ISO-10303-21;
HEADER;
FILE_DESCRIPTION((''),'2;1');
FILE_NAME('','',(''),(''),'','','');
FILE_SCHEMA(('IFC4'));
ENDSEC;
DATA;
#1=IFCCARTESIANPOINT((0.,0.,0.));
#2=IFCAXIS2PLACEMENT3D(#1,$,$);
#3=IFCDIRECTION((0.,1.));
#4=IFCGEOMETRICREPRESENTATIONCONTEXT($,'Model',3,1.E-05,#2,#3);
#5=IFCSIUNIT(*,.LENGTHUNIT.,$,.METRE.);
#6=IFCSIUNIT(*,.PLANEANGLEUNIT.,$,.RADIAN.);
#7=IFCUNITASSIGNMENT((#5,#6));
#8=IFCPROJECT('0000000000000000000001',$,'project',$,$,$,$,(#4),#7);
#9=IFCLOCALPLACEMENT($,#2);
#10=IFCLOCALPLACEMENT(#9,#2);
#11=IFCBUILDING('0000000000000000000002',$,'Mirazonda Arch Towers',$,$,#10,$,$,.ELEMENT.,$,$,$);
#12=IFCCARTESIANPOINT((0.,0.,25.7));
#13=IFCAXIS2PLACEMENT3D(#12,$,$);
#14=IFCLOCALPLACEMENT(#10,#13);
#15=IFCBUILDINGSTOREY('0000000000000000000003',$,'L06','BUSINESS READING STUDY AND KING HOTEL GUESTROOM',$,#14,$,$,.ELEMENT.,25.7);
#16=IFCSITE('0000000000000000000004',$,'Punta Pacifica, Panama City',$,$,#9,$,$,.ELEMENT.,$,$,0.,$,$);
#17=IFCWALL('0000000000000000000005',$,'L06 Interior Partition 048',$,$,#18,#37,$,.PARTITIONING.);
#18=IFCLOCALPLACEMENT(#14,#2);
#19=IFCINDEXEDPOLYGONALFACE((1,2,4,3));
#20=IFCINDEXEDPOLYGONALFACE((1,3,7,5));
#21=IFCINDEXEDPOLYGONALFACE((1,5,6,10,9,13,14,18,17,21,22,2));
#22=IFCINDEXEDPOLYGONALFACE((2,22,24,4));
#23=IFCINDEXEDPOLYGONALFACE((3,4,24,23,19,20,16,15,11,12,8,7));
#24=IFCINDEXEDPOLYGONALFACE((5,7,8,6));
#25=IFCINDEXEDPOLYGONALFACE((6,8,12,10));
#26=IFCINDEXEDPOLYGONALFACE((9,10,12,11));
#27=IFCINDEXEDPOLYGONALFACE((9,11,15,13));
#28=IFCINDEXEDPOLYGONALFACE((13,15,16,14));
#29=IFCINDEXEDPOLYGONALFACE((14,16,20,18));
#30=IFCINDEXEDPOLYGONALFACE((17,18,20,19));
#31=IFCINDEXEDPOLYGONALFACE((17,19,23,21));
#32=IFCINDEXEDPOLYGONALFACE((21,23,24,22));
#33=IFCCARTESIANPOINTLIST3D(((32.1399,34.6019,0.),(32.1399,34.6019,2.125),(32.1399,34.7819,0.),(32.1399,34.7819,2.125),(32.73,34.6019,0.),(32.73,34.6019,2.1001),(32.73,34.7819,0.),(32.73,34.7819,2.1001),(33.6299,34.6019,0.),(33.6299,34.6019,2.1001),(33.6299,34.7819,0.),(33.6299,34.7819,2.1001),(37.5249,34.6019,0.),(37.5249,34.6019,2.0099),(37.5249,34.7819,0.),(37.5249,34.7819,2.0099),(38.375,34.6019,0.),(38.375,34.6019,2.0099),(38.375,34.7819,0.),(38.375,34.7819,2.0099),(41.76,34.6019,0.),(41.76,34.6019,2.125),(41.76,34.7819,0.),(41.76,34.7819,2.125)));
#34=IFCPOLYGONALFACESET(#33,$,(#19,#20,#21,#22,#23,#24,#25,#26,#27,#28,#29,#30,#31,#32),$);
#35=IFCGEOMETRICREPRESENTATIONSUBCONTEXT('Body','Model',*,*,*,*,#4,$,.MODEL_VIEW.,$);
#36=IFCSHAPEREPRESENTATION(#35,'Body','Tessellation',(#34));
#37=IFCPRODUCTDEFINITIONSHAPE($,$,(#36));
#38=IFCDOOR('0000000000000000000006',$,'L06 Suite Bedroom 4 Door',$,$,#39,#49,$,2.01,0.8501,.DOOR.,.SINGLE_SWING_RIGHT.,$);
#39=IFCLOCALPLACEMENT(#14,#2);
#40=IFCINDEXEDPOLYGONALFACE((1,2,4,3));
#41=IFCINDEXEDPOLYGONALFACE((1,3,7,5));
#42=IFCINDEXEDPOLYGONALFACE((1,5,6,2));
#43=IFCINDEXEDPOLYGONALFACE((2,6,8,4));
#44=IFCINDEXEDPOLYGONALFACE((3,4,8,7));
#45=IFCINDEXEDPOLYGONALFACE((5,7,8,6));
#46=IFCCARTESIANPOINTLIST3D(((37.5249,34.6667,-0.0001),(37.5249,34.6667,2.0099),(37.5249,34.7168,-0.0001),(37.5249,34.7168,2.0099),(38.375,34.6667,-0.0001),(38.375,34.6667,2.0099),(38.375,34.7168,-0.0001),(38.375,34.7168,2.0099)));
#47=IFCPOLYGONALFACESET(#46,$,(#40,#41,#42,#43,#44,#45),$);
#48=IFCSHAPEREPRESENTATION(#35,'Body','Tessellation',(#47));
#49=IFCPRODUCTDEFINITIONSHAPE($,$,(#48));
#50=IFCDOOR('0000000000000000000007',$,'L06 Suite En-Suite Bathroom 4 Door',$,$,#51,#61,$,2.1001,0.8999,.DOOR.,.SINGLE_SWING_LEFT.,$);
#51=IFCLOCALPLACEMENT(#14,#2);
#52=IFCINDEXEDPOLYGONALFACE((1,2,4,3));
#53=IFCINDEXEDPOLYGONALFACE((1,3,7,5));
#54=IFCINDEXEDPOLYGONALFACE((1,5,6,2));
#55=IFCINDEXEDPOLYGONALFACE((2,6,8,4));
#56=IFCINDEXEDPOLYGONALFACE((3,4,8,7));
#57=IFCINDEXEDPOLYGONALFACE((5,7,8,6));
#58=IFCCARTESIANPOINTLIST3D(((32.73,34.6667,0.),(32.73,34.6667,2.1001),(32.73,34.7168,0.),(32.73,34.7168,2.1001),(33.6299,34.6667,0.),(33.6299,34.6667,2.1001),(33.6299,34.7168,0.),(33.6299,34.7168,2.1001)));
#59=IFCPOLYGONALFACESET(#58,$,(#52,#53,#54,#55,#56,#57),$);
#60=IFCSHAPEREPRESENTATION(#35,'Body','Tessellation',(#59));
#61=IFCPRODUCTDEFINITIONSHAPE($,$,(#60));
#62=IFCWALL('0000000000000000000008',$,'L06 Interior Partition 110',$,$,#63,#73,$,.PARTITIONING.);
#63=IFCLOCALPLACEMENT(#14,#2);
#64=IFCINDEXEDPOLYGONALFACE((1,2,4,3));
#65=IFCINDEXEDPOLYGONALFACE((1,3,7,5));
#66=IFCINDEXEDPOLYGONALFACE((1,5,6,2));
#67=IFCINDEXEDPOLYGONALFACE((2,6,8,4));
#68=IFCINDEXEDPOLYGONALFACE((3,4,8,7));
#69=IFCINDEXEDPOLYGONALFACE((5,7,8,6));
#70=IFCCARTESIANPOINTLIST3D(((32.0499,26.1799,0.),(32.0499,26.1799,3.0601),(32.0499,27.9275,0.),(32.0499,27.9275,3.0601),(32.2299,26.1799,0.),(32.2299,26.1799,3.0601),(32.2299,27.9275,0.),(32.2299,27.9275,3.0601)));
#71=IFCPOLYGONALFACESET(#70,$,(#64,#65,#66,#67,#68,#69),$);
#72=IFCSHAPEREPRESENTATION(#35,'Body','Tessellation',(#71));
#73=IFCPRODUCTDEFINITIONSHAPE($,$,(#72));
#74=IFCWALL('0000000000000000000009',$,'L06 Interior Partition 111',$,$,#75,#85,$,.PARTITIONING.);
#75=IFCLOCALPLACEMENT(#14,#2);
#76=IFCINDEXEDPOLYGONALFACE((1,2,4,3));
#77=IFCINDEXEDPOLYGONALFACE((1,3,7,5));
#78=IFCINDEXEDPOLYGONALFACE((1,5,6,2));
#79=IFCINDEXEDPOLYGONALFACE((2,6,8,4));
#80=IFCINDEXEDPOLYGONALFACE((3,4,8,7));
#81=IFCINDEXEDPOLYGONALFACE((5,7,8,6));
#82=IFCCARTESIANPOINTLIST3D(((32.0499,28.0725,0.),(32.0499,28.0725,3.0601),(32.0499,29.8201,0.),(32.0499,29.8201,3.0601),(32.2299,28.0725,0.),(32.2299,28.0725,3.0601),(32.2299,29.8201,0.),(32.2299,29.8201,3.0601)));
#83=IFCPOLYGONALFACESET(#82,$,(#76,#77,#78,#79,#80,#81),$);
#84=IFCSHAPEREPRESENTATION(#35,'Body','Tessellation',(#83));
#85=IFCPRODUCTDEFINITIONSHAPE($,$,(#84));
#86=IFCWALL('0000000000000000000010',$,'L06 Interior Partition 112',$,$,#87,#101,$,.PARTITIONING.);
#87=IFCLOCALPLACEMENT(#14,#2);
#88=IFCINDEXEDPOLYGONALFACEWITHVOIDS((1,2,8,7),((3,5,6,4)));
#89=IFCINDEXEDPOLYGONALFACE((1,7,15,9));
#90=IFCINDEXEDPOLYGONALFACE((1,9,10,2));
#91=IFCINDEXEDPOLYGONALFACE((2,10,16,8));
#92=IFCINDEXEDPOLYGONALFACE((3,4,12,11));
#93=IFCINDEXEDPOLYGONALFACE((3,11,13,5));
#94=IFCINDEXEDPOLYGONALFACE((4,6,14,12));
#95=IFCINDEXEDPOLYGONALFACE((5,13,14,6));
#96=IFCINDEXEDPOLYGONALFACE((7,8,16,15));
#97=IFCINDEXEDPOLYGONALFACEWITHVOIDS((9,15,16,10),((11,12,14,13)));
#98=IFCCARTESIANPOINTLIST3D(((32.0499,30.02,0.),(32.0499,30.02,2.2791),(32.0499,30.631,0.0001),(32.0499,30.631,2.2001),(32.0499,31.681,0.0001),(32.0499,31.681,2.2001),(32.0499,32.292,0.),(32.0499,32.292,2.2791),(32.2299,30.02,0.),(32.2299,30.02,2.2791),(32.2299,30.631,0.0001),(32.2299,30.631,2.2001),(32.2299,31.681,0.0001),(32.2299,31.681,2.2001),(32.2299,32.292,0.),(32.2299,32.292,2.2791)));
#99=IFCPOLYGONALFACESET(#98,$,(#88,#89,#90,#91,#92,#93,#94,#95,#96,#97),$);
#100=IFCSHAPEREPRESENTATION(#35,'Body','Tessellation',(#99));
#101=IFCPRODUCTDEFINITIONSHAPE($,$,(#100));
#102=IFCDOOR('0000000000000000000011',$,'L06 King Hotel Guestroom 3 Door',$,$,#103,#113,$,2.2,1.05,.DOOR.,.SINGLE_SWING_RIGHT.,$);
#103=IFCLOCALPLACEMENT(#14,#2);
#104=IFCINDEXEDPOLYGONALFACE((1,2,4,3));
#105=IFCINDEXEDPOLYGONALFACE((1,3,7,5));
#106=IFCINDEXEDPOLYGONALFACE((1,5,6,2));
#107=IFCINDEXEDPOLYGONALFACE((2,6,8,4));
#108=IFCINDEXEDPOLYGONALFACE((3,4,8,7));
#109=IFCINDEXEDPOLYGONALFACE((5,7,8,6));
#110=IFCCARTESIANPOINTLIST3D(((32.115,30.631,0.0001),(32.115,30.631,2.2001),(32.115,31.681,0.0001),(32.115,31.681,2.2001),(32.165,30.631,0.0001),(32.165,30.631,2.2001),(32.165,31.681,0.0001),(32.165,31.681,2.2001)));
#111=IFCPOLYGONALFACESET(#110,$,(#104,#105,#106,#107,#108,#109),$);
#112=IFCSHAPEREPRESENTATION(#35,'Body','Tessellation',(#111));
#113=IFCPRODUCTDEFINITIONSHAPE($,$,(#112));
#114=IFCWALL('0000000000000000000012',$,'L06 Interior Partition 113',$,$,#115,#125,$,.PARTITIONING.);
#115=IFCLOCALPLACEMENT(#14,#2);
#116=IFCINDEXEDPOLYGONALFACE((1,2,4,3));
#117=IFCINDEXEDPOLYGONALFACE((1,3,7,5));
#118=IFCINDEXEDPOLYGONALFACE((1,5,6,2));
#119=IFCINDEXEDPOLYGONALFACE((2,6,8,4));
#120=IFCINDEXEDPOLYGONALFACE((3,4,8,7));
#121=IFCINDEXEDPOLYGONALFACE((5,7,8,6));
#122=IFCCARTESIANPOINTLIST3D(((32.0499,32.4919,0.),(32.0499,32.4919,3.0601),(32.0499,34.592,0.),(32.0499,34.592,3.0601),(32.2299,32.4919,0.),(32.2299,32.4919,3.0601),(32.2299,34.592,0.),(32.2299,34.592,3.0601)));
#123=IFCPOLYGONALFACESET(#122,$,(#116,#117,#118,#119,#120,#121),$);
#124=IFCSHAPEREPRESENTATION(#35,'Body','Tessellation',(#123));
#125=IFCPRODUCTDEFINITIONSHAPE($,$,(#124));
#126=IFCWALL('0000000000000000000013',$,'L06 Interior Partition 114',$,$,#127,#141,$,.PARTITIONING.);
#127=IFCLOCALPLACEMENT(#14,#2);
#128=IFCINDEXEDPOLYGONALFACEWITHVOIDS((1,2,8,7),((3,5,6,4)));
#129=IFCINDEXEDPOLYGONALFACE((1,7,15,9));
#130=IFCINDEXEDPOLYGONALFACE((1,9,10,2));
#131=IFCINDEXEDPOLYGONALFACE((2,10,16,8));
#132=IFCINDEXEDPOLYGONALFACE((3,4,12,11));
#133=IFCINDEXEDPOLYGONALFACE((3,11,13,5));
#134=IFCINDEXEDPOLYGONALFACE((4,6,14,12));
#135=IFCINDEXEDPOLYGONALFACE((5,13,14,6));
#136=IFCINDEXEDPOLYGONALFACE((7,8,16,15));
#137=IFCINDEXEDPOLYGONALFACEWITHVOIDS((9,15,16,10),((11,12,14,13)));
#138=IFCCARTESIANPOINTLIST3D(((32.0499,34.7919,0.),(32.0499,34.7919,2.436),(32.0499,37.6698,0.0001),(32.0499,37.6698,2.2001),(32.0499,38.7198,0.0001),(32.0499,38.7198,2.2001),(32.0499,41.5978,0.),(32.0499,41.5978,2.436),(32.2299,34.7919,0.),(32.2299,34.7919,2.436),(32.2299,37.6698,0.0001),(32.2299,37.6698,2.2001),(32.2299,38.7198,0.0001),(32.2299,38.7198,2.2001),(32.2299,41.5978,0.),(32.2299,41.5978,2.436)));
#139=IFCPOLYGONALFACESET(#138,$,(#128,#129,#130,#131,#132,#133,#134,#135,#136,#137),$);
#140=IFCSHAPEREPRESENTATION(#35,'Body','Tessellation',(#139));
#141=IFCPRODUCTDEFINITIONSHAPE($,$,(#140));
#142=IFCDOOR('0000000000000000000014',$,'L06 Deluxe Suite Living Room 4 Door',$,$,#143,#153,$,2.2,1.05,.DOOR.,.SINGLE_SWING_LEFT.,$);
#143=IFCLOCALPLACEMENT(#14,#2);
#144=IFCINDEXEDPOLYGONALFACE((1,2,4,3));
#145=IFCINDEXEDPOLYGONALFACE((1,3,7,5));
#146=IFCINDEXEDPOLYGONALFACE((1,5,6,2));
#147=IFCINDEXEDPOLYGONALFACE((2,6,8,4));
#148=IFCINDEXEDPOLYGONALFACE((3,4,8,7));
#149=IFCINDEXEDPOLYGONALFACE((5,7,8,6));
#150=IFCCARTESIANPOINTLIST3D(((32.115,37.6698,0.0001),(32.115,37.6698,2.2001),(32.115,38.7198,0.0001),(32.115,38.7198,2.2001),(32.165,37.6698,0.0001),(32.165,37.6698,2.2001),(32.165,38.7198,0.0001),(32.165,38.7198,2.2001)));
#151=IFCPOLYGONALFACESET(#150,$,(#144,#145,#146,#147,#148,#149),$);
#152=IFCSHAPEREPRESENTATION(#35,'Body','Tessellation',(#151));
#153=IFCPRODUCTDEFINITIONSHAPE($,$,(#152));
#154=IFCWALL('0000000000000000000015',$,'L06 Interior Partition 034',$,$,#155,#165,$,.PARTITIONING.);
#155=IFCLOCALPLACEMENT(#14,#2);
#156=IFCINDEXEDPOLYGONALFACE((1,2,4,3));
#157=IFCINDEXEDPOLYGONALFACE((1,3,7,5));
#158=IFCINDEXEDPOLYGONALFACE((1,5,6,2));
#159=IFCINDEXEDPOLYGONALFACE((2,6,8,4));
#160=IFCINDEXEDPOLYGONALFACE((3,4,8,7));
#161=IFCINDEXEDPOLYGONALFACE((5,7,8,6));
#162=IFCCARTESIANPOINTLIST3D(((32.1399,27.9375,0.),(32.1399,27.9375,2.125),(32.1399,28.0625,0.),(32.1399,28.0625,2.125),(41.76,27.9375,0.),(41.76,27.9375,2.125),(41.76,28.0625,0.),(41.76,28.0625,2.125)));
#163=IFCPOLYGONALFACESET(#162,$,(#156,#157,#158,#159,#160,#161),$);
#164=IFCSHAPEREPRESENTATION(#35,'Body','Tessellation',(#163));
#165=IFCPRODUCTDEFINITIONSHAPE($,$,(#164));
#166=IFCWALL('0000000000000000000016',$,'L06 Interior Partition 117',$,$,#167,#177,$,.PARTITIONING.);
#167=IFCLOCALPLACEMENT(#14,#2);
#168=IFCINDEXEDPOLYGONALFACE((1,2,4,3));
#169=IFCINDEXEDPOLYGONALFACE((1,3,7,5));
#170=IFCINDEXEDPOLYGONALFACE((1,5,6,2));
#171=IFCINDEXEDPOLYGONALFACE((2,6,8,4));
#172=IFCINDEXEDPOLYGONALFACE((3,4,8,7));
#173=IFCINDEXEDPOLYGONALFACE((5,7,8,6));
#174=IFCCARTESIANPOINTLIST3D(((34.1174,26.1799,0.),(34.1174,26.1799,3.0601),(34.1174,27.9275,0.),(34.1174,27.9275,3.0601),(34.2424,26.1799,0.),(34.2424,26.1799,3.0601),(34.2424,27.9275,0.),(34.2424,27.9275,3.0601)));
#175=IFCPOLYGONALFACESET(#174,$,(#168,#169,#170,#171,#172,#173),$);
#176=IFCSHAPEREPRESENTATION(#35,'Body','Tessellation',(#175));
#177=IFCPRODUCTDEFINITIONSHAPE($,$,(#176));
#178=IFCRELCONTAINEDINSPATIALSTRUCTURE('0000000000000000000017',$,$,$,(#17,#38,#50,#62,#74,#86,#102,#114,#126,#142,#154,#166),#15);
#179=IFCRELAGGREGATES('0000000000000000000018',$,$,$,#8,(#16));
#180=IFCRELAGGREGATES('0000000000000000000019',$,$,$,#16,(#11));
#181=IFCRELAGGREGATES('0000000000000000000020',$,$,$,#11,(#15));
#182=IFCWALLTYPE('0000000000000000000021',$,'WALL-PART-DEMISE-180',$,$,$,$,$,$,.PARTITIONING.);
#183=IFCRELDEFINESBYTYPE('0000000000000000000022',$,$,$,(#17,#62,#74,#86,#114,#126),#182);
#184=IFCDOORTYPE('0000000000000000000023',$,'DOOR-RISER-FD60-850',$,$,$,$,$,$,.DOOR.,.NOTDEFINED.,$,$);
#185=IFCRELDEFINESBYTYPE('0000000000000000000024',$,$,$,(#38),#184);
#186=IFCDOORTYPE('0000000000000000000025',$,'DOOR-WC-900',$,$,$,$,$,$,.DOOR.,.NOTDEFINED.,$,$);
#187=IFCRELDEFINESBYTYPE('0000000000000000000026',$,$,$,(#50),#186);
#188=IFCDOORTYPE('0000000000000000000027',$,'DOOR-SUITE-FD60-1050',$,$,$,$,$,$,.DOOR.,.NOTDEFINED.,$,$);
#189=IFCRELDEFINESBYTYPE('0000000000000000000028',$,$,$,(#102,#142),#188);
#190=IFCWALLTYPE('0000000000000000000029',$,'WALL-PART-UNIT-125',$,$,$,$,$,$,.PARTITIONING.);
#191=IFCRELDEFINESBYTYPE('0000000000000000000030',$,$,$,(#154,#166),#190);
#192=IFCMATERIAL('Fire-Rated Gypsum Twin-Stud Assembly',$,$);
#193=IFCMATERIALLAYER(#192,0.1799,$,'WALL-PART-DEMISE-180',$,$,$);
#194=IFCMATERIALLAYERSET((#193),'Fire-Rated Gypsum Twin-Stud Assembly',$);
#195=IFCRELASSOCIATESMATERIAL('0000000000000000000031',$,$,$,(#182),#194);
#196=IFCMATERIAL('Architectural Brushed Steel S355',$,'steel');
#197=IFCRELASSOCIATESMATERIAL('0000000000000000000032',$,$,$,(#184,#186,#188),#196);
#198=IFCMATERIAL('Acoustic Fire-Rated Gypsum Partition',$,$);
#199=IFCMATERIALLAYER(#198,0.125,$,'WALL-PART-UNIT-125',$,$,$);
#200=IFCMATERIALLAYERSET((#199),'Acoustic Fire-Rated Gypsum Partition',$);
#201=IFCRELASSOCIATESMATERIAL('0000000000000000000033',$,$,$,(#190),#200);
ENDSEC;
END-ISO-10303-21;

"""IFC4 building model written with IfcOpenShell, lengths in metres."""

from ifc_helpers import new_model, si_unit, direction, frame, frame_2d, origin, place, context, subcontext, project, spatial, rectangle, extrude, material, layer, layer_set, type_object, element, fill, save


model = new_model("IFC4")

# Units and contexts
model_context = context("Model", 3, precision=1e-05, world=origin(), true_north=direction((0.0, 1.0)))
body_context = subcontext(model_context, "Body", "Model", "MODEL_VIEW")
ifc_project = project(units=[si_unit("LENGTHUNIT", "METRE"), si_unit("PLANEANGLEUNIT", "RADIAN")], contexts=[model_context])

# Site, building, storey
site_placement = place(None, origin())
site = spatial("IfcSite", under=ifc_project, at=site_placement, Name="Punta Pacifica, Panama City", CompositionType="ELEMENT", RefElevation=0.0)
building_placement = place(site_placement, origin())
building = spatial("IfcBuilding", under=site, at=building_placement, Name="Mirazonda Arch Towers", CompositionType="ELEMENT")
storey_placement = place(building_placement, frame((0.0, 0.0, 25.7)))
storey = spatial("IfcBuildingStorey", under=building, at=storey_placement, Name="L06", Description="BUSINESS READING STUDY AND KING HOTEL GUESTROOM", CompositionType="ELEMENT", Elevation=25.7)

# Shared definitions
ifc_material_1 = material(Name="Fire-Rated Gypsum Twin-Stud Assembly")
ifc_layer_1 = layer(ifc_material_1, 0.1799, Name="WALL-PART-DEMISE-180")
ifc_layer_set_1 = layer_set([ifc_layer_1], Name="Fire-Rated Gypsum Twin-Stud Assembly")
wall_type_1 = type_object("IfcWallType", Name="WALL-PART-DEMISE-180", PredefinedType="PARTITIONING", material=ifc_layer_set_1)
ifc_material_2 = material(Name="Architectural Brushed Steel S355", Category="steel")
door_type_1 = type_object("IfcDoorType", Name="DOOR-RISER-FD60-850", OperationType="NOTDEFINED", PredefinedType="DOOR", material=ifc_material_2)
door_type_2 = type_object("IfcDoorType", Name="DOOR-WC-900", OperationType="NOTDEFINED", PredefinedType="DOOR", material=ifc_material_2)

# Wall, openings, doors
wall_1_placement = place(storey_placement, frame((32.1399, 34.6919, 0.0), z_axis=(0.0, 0.0, 1.0), x_axis=(1.0, 0.0, 0.0)))
wall_1 = element("IfcWall", 1, at=wall_1_placement, inside=storey, type_object=wall_type_1, Name="L06 Interior Partition 048", PredefinedType="PARTITIONING", context=body_context, shape_type="SweptSolid", body=[
    extrude(rectangle(XDim=9.6201, YDim=0.1799, at=frame_2d((4.8101, 0.0))), origin(), (0.0, 0.0, 1.0), 2.125),
])
opening_1_placement = place(wall_1_placement, frame((5.385, 0.0, 0.0)))
opening_1 = element("IfcOpeningElement", 2, at=opening_1_placement, cuts=wall_1, PredefinedType="OPENING", context=body_context, shape_type="SweptSolid", body=[
    extrude(rectangle(XDim=0.8501, YDim=2.01, at=frame_2d((0.425, 1.0049))), frame((0.0, 0.0999, 0.0), z_axis=(0.0, -1.0, 0.0), x_axis=(1.0, 0.0, 0.0)), (0.0, 0.0, 1.0), 0.2),
])
opening_2_placement = place(wall_1_placement, frame((0.5901, 0.0, 0.0)))
opening_2 = element("IfcOpeningElement", 3, at=opening_2_placement, cuts=wall_1, PredefinedType="OPENING", context=body_context, shape_type="SweptSolid", body=[
    extrude(rectangle(XDim=0.8999, YDim=2.1001, at=frame_2d((0.45, 1.05))), frame((0.0, 0.0999, 0.0), z_axis=(0.0, -1.0, 0.0), x_axis=(1.0, 0.0, 0.0)), (0.0, 0.0, 1.0), 0.2),
])
door_1_placement = place(opening_1_placement, origin())
door_1 = element("IfcDoor", 4, at=door_1_placement, inside=storey, type_object=door_type_1, Name="L06 Suite Bedroom 4 Door", OperationType="SINGLE_SWING_RIGHT", OverallHeight=2.01, OverallWidth=0.8501, PredefinedType="DOOR", context=body_context, shape_type="SweptSolid", body=[
    extrude(rectangle(XDim=0.8501, YDim=2.01, at=frame_2d((0.425, 1.0049))), frame((0.0, 0.0249, 0.0), z_axis=(0.0, -1.0, 0.0), x_axis=(1.0, 0.0, 0.0)), (0.0, 0.0, 1.0), 0.05),
])
fill(opening_1, door_1)
door_2_placement = place(opening_2_placement, origin())
door_2 = element("IfcDoor", 5, at=door_2_placement, inside=storey, type_object=door_type_2, Name="L06 Suite En-Suite Bathroom 4 Door", OperationType="SINGLE_SWING_LEFT", OverallHeight=2.1001, OverallWidth=0.8999, PredefinedType="DOOR", context=body_context, shape_type="SweptSolid", body=[
    extrude(rectangle(XDim=0.8999, YDim=2.1001, at=frame_2d((0.45, 1.05))), frame((0.0, 0.0249, 0.0), z_axis=(0.0, -1.0, 0.0), x_axis=(1.0, 0.0, 0.0)), (0.0, 0.0, 1.0), 0.05),
])
fill(opening_2, door_2)

# Walls
for number, where, z_axis, x_axis, name in (
    (6, (32.1399, 26.1799, 0.0), (0.0, 0.0, 1.0), (0.0, 1.0, 0.0), "L06 Interior Partition 110"),
    (7, (32.1399, 28.0725, 0.0), (0.0, 0.0, 1.0), (0.0, 1.0, 0.0), "L06 Interior Partition 111"),
):
    element("IfcWall", number, at=place(storey_placement, frame(where, z_axis=z_axis, x_axis=x_axis)), inside=storey, type_object=wall_type_1, Name=name, PredefinedType="PARTITIONING", context=body_context, shape_type="SweptSolid", body=[
        extrude(rectangle(XDim=1.7476, YDim=0.1799, at=frame_2d((0.8738, 0.0))), origin(), (0.0, 0.0, 1.0), 3.0601),
    ])

# Wall, opening, door
wall_2_placement = place(storey_placement, frame((32.1399, 30.02, 0.0), z_axis=(0.0, 0.0, 1.0), x_axis=(0.0, 1.0, 0.0)))
wall_2 = element("IfcWall", 8, at=wall_2_placement, inside=storey, type_object=wall_type_1, Name="L06 Interior Partition 112", PredefinedType="PARTITIONING", context=body_context, shape_type="SweptSolid", body=[
    extrude(rectangle(XDim=2.272, YDim=0.1799, at=frame_2d((1.136, 0.0))), origin(), (0.0, 0.0, 1.0), 2.2791),
])
opening_3_placement = place(wall_2_placement, frame((0.6111, 0.0, 0.0)))
opening_3 = element("IfcOpeningElement", 9, at=opening_3_placement, cuts=wall_2, PredefinedType="OPENING", context=body_context, shape_type="SweptSolid", body=[
    extrude(rectangle(XDim=1.05, YDim=2.2, at=frame_2d((0.5249, 1.1001))), frame((0.0, 0.0999, 0.0), z_axis=(0.0, -1.0, 0.0), x_axis=(1.0, 0.0, 0.0)), (0.0, 0.0, 1.0), 0.2),
])
door_type_3 = type_object("IfcDoorType", Name="DOOR-SUITE-FD60-1050", OperationType="NOTDEFINED", PredefinedType="DOOR", material=ifc_material_2)
door_3_placement = place(opening_3_placement, origin())
door_3 = element("IfcDoor", 10, at=door_3_placement, inside=storey, type_object=door_type_3, Name="L06 King Hotel Guestroom 3 Door", OperationType="SINGLE_SWING_RIGHT", OverallHeight=2.2, OverallWidth=1.05, PredefinedType="DOOR", context=body_context, shape_type="SweptSolid", body=[
    extrude(rectangle(XDim=1.05, YDim=2.2, at=frame_2d((0.5249, 1.1001))), frame((0.0, 0.0249, 0.0), z_axis=(0.0, -1.0, 0.0), x_axis=(1.0, 0.0, 0.0)), (0.0, 0.0, 1.0), 0.05),
])
fill(opening_3, door_3)

# Wall
wall_3_placement = place(storey_placement, frame((32.1399, 32.4919, 0.0), z_axis=(0.0, 0.0, 1.0), x_axis=(0.0, 1.0, 0.0)))
element("IfcWall", 11, at=wall_3_placement, inside=storey, type_object=wall_type_1, Name="L06 Interior Partition 113", PredefinedType="PARTITIONING", context=body_context, shape_type="SweptSolid", body=[
    extrude(rectangle(XDim=2.1001, YDim=0.1799, at=frame_2d((1.05, 0.0))), origin(), (0.0, 0.0, 1.0), 3.0601),
])

# Wall, opening, door
wall_4_placement = place(storey_placement, frame((32.1399, 34.792, 0.0), z_axis=(0.0, 0.0, 1.0), x_axis=(0.0, 1.0, 0.0)))
wall_4 = element("IfcWall", 12, at=wall_4_placement, inside=storey, type_object=wall_type_1, Name="L06 Interior Partition 114", PredefinedType="PARTITIONING", context=body_context, shape_type="SweptSolid", body=[
    extrude(rectangle(XDim=6.8059, YDim=0.1799, at=frame_2d((3.4028, 0.0))), origin(), (0.0, 0.0, 1.0), 2.436),
])
opening_4_placement = place(wall_4_placement, frame((2.8779, 0.0, 0.0)))
opening_4 = element("IfcOpeningElement", 13, at=opening_4_placement, cuts=wall_4, PredefinedType="OPENING", context=body_context, shape_type="SweptSolid", body=[
    extrude(rectangle(XDim=1.05, YDim=2.2, at=frame_2d((0.5249, 1.1001))), frame((0.0, 0.0999, 0.0), z_axis=(0.0, -1.0, 0.0), x_axis=(1.0, 0.0, 0.0)), (0.0, 0.0, 1.0), 0.2),
])
door_4_placement = place(opening_4_placement, origin())
door_4 = element("IfcDoor", 14, at=door_4_placement, inside=storey, type_object=door_type_3, Name="L06 Deluxe Suite Living Room 4 Door", OperationType="SINGLE_SWING_LEFT", OverallHeight=2.2, OverallWidth=1.05, PredefinedType="DOOR", context=body_context, shape_type="SweptSolid", body=[
    extrude(rectangle(XDim=1.05, YDim=2.2, at=frame_2d((0.5249, 1.1001))), frame((0.0, 0.0249, 0.0), z_axis=(0.0, -1.0, 0.0), x_axis=(1.0, 0.0, 0.0)), (0.0, 0.0, 1.0), 0.05),
])
fill(opening_4, door_4)

# Walls
ifc_material_3 = material(Name="Acoustic Fire-Rated Gypsum Partition")
ifc_layer_2 = layer(ifc_material_3, 0.125, Name="WALL-PART-UNIT-125")
ifc_layer_set_2 = layer_set([ifc_layer_2], Name="Acoustic Fire-Rated Gypsum Partition")
wall_type_2 = type_object("IfcWallType", Name="WALL-PART-UNIT-125", PredefinedType="PARTITIONING", material=ifc_layer_set_2)
wall_5_placement = place(storey_placement, frame((32.1399, 28.0, 0.0), z_axis=(0.0, 0.0, 1.0), x_axis=(1.0, 0.0, 0.0)))
element("IfcWall", 15, at=wall_5_placement, inside=storey, type_object=wall_type_2, Name="L06 Interior Partition 034", PredefinedType="PARTITIONING", context=body_context, shape_type="SweptSolid", body=[
    extrude(rectangle(XDim=9.6201, YDim=0.125, at=frame_2d((4.8101, 0.0))), origin(), (0.0, 0.0, 1.0), 2.125),
])
for number, where, z_axis, x_axis, name in (
    (16, (34.1799, 26.1799, 0.0), (0.0, 0.0, 1.0), (0.0, 1.0, 0.0), "L06 Interior Partition 117"),
):
    element("IfcWall", number, at=place(storey_placement, frame(where, z_axis=z_axis, x_axis=x_axis)), inside=storey, type_object=wall_type_2, Name=name, PredefinedType="PARTITIONING", context=body_context, shape_type="SweptSolid", body=[
        extrude(rectangle(XDim=1.7476, YDim=0.125, at=frame_2d((0.8738, 0.0))), origin(), (0.0, 0.0, 1.0), 3.0601),
    ])

save(model, "model.ifc")
